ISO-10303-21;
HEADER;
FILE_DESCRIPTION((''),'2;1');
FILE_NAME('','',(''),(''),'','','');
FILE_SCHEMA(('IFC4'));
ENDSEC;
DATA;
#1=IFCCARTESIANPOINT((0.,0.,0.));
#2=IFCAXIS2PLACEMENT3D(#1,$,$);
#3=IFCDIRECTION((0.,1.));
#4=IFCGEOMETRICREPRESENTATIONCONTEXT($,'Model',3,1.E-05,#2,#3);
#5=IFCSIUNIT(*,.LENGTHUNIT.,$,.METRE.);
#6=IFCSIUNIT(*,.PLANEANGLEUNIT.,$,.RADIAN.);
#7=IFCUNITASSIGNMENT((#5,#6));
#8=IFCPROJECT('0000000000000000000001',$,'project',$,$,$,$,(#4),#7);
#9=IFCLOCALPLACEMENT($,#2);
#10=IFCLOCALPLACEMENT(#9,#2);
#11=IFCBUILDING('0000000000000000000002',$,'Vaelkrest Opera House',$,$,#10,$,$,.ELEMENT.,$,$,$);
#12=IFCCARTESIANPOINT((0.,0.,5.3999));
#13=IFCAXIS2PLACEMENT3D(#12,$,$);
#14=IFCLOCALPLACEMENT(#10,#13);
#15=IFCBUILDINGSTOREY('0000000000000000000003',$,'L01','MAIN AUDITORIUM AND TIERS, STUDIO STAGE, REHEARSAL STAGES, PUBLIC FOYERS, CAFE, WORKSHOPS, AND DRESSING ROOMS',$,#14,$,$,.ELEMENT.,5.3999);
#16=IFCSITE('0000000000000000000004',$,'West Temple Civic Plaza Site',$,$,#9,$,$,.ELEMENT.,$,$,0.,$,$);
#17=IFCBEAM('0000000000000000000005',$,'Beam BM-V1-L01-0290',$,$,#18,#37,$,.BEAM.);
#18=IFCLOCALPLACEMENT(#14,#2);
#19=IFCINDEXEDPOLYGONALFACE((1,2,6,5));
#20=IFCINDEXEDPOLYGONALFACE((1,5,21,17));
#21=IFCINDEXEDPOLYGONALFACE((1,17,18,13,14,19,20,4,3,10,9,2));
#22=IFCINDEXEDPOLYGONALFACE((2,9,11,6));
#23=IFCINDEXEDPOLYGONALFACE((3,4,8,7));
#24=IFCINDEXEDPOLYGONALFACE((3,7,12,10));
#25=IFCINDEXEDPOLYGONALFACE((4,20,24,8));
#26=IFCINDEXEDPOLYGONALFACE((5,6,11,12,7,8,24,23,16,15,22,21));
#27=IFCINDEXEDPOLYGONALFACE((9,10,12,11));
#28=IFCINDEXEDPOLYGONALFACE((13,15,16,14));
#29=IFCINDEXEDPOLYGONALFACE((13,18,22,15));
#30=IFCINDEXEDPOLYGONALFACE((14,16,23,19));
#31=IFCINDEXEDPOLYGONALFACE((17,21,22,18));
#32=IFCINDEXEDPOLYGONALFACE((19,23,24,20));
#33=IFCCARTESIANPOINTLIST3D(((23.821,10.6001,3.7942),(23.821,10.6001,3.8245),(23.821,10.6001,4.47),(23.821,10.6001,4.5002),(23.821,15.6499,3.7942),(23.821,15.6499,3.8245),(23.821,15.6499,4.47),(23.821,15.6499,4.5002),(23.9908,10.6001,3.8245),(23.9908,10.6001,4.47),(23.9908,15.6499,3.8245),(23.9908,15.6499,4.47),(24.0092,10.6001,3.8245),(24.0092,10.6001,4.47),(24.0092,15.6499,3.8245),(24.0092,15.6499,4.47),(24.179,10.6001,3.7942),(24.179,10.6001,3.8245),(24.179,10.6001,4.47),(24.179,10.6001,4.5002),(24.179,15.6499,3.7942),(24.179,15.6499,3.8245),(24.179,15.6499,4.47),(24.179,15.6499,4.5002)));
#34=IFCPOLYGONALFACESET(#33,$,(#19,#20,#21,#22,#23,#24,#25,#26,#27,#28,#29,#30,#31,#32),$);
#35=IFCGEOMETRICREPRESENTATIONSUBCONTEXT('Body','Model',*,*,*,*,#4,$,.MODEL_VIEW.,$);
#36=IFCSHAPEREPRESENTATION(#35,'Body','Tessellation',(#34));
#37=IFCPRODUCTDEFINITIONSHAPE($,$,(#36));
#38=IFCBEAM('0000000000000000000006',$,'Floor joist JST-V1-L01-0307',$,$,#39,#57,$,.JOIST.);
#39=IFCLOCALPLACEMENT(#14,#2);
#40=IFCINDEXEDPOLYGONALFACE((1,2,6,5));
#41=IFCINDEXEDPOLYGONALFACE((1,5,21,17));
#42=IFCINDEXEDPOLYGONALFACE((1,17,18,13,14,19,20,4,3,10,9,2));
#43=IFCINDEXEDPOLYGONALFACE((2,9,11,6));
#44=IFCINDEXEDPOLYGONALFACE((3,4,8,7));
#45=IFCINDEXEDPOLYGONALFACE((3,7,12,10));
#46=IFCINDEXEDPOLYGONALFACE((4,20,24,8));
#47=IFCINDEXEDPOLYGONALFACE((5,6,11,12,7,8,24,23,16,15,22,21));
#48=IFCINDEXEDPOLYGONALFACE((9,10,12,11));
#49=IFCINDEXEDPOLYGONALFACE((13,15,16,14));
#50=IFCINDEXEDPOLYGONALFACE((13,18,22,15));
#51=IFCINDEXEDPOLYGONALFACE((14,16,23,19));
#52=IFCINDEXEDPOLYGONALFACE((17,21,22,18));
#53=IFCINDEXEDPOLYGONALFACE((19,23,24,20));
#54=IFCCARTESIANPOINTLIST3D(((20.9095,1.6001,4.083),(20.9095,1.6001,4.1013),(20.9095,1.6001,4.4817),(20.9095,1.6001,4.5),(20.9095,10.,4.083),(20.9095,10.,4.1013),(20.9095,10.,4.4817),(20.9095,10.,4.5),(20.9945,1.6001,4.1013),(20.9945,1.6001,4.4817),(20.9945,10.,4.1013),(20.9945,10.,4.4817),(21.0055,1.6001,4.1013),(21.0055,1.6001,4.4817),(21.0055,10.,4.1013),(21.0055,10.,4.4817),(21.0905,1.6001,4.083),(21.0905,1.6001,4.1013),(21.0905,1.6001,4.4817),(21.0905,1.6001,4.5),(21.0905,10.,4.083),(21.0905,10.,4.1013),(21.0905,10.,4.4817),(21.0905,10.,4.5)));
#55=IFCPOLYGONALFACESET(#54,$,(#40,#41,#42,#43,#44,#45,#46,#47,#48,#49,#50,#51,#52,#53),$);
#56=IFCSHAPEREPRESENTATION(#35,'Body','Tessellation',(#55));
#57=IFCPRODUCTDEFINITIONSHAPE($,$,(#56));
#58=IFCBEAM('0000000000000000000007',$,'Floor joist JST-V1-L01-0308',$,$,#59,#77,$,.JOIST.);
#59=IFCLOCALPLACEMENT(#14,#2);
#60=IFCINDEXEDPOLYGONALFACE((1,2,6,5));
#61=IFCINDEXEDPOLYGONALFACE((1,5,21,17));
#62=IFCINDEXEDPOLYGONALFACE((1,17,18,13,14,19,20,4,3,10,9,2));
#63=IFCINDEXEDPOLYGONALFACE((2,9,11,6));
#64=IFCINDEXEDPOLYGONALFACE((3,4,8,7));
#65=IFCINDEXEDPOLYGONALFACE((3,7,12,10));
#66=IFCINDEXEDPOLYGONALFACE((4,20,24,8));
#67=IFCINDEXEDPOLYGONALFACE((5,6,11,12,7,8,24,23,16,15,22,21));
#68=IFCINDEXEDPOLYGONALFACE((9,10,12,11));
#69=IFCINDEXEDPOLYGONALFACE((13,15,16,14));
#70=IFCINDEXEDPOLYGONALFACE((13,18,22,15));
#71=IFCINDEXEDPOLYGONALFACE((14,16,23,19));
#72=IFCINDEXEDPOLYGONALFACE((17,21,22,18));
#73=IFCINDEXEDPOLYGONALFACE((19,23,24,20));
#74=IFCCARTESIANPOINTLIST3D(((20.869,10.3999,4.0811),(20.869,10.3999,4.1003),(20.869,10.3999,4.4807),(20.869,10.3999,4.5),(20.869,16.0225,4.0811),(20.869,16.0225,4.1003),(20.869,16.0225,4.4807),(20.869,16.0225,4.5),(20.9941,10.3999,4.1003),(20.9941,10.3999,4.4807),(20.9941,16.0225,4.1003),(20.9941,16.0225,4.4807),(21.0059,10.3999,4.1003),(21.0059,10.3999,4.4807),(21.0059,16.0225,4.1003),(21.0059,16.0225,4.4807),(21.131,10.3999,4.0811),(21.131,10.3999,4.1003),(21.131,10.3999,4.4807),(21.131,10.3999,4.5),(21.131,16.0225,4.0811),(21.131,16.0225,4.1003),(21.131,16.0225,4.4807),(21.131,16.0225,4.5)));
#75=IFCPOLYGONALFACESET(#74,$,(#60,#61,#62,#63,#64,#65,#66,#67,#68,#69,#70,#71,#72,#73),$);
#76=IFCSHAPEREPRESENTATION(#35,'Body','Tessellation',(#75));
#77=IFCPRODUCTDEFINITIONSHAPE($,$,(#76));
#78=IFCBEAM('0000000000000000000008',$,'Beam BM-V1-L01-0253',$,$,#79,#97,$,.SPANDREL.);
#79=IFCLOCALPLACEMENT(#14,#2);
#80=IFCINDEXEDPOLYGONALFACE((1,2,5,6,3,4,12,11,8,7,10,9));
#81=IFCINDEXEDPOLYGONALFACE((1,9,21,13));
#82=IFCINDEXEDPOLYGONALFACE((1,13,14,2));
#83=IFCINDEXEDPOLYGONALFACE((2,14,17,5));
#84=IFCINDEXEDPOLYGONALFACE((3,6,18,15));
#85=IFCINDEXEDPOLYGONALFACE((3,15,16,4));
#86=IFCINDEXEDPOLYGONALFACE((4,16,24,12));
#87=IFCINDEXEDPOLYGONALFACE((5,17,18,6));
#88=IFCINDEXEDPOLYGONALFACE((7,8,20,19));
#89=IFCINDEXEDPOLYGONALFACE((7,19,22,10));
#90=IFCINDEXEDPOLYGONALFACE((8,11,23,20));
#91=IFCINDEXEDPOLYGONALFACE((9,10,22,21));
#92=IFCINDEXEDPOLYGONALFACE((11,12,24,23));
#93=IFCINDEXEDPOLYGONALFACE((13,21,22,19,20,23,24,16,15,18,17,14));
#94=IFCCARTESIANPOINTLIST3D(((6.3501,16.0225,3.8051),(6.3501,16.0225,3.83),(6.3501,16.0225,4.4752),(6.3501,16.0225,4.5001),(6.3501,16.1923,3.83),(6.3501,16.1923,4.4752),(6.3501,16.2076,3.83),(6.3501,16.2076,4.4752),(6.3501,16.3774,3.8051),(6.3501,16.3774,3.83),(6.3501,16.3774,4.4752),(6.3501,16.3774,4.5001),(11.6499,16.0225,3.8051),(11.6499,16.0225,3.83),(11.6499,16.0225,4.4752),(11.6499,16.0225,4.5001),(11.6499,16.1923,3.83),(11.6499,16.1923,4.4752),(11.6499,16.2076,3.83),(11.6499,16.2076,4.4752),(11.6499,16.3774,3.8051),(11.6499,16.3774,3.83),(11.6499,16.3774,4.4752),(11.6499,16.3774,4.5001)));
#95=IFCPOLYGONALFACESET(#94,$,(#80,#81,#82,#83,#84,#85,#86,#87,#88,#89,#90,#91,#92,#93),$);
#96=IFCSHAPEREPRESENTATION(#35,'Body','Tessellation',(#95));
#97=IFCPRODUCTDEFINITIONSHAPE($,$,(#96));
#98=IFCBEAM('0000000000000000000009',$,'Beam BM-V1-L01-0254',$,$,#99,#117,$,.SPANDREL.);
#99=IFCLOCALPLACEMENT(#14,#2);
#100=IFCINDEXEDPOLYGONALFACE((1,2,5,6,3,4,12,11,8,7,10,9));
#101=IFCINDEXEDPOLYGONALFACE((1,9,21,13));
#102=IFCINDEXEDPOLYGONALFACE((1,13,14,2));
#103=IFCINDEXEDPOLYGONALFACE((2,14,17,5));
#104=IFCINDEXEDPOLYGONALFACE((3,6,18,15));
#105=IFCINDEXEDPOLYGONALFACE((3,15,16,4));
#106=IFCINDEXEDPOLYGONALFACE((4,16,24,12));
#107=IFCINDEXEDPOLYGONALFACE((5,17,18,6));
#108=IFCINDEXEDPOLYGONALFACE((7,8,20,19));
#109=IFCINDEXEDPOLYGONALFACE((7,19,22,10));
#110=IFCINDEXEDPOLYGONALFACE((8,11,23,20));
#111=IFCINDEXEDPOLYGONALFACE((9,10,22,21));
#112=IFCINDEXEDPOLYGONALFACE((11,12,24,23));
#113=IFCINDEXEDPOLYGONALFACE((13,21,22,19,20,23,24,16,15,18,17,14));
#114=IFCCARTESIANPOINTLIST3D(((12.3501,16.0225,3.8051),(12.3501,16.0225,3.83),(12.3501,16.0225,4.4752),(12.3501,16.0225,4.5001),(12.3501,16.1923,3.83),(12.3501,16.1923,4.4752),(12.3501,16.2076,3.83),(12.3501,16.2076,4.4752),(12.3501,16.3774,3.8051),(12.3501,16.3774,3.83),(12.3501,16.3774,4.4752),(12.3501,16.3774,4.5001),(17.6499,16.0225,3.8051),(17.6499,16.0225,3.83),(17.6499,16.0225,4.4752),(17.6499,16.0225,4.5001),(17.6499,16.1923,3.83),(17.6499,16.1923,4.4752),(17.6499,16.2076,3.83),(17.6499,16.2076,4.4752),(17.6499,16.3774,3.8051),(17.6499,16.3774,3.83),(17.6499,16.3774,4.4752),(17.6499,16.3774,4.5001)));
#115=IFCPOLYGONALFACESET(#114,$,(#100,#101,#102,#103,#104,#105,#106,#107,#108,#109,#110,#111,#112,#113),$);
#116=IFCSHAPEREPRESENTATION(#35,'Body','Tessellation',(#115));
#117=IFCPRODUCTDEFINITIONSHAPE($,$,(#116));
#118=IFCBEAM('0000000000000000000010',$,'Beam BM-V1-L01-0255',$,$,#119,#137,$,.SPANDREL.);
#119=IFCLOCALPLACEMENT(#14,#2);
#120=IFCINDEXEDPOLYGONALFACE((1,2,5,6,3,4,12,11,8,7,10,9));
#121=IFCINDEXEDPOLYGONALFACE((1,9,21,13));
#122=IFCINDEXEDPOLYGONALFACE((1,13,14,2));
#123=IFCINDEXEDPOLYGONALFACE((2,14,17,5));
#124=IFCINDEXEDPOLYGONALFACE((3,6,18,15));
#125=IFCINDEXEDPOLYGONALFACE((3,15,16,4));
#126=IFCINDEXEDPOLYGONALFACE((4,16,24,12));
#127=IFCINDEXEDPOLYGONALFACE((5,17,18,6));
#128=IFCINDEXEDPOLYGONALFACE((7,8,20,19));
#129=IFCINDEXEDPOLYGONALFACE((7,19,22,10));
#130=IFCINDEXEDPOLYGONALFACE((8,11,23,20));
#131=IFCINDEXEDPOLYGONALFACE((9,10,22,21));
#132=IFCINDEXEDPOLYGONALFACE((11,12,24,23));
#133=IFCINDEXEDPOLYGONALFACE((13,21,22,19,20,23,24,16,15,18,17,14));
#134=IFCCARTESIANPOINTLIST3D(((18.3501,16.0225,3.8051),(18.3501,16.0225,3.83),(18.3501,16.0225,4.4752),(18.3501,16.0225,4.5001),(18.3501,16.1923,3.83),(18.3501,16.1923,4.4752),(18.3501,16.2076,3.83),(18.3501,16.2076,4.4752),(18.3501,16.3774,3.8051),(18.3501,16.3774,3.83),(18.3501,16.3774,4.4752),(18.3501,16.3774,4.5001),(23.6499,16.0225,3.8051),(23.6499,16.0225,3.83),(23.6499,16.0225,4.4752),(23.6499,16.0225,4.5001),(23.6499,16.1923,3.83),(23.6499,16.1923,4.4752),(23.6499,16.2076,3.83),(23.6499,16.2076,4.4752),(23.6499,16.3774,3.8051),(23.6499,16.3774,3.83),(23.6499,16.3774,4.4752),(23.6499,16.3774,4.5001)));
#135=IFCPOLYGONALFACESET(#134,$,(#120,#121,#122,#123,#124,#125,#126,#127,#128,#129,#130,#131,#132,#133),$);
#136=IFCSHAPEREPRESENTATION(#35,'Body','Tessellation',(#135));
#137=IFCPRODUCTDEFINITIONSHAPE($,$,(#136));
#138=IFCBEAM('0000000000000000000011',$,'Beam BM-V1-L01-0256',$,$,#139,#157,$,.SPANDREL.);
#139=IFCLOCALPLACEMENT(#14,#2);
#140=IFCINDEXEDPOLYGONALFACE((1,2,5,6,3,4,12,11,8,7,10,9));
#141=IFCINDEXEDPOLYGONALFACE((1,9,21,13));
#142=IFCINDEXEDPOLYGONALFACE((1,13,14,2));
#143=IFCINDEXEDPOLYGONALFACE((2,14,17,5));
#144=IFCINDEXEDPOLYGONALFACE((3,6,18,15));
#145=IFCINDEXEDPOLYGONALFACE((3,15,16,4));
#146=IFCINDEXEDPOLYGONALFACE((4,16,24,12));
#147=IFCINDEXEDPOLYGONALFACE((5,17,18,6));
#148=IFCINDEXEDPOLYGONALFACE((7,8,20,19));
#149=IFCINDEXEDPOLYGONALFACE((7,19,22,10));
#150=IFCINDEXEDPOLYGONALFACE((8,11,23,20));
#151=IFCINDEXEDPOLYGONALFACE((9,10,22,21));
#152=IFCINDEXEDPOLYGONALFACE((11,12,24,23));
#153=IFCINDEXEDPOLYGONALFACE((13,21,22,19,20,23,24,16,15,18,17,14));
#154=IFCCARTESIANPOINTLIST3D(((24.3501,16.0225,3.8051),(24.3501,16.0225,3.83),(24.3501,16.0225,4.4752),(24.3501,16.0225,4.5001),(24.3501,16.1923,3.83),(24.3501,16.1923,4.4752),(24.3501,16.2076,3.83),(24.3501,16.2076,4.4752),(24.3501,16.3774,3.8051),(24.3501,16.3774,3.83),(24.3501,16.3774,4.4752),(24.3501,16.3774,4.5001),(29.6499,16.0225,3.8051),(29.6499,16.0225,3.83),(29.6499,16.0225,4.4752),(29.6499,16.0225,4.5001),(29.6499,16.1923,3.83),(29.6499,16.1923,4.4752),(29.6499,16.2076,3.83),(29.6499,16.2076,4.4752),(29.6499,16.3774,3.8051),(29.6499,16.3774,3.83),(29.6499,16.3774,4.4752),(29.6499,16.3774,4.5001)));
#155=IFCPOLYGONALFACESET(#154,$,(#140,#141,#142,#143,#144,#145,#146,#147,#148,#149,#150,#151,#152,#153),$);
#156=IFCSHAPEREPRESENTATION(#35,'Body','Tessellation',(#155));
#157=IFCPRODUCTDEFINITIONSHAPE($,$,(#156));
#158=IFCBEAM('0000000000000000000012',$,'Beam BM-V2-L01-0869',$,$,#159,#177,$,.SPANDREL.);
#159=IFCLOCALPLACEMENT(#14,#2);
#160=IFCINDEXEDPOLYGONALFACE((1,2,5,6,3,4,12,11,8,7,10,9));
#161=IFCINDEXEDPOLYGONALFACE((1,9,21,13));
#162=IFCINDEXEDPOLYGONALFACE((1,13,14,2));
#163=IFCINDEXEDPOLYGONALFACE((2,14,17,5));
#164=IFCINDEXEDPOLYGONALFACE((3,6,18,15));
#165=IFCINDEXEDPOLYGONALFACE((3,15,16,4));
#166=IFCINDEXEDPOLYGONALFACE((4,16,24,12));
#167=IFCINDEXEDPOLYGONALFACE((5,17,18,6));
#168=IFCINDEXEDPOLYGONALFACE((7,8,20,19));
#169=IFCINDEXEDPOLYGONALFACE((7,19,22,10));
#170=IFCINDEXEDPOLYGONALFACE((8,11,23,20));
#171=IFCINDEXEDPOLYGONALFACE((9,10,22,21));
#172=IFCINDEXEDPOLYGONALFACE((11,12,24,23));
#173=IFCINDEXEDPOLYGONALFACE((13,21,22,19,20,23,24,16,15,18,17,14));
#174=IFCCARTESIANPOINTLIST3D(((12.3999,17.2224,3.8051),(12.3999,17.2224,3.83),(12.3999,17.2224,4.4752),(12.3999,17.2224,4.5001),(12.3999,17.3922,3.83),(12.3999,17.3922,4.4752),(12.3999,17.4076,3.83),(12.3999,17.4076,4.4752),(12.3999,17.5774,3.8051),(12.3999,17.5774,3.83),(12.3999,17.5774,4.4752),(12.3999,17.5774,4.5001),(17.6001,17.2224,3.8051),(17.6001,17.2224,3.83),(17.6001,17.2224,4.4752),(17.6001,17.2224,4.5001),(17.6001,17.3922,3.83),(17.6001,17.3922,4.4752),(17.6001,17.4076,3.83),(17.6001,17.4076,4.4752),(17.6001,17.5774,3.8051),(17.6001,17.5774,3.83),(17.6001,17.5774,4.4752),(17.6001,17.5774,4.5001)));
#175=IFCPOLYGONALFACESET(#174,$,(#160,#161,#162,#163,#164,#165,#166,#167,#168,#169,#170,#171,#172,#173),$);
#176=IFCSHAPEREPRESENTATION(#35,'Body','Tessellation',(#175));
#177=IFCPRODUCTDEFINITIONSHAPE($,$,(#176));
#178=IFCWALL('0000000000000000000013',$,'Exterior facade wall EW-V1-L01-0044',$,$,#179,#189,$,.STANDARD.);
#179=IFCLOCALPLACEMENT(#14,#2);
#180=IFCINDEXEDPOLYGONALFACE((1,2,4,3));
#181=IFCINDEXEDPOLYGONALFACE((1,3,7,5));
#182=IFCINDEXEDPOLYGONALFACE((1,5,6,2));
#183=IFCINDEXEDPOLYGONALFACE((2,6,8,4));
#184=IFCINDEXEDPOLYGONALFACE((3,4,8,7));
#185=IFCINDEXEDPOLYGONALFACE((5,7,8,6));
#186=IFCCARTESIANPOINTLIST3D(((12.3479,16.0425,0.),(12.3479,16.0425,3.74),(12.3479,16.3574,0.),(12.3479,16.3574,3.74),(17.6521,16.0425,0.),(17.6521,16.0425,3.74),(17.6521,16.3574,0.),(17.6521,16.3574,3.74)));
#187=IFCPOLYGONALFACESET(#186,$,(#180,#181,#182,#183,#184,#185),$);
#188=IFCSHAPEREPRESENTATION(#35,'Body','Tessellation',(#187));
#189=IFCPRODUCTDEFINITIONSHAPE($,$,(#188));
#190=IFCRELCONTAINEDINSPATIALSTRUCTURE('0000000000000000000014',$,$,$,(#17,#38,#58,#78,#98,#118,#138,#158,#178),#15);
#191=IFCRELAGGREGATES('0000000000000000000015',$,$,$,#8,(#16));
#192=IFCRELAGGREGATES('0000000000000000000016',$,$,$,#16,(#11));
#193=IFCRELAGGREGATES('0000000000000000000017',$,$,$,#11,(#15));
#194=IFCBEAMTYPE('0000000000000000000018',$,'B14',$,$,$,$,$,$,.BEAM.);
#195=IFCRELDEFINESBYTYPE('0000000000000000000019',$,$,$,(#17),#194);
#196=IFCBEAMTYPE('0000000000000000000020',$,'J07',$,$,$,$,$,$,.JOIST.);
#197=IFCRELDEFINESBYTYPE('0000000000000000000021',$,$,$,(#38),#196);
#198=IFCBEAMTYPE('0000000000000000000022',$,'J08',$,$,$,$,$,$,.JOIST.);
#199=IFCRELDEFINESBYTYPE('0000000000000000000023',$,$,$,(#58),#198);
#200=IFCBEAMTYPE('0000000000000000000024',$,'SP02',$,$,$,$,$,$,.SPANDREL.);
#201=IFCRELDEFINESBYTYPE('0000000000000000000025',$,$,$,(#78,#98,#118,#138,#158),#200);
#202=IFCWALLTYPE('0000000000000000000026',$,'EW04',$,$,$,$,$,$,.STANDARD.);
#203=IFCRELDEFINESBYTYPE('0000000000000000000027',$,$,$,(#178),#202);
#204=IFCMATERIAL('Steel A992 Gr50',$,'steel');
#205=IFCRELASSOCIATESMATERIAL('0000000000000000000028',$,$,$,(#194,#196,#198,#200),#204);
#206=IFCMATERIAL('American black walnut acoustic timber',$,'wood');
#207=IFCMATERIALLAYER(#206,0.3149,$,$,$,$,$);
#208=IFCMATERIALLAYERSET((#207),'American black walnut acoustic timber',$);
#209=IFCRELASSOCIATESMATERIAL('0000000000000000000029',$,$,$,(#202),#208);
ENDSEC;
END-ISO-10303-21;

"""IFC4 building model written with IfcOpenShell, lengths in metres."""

from ifc_helpers import new_model, si_unit, direction, frame, frame_2d, origin, origin_2d, place, context, subcontext, project, spatial, rectangle, i_section, extrude, material, layer, layer_set, material_profile, profile_set, type_object, element, save


model = new_model("IFC4")

# Units and contexts
model_context = context("Model", 3, precision=1e-05, world=origin(), true_north=direction((0.0, 1.0)))
body_context = subcontext(model_context, "Body", "Model", "MODEL_VIEW")
ifc_project = project(units=[si_unit("LENGTHUNIT", "METRE"), si_unit("PLANEANGLEUNIT", "RADIAN")], contexts=[model_context])

# Site, building, storey
site_placement = place(None, origin())
site = spatial("IfcSite", under=ifc_project, at=site_placement, Name="West Temple Civic Plaza Site", CompositionType="ELEMENT", RefElevation=0.0)
building_placement = place(site_placement, origin())
building = spatial("IfcBuilding", under=site, at=building_placement, Name="Vaelkrest Opera House", CompositionType="ELEMENT")
storey_placement = place(building_placement, frame((0.0, 0.0, 5.3999)))
storey = spatial("IfcBuildingStorey", under=building, at=storey_placement, Name="L01", Description="MAIN AUDITORIUM AND TIERS, STUDIO STAGE, REHEARSAL STAGES, PUBLIC FOYERS, CAFE, WORKSHOPS, AND DRESSING ROOMS", CompositionType="ELEMENT", Elevation=5.3999)

# Beams
ifc_material_1 = material(Name="Steel A992 Gr50", Category="steel")
ifc_material_profile_1 = material_profile(ifc_material_1, i_section(OverallWidth=0.3579, OverallDepth=0.7061, WebThickness=0.0183, FlangeThickness=0.0303, at=origin_2d()), Name="W27X178")
ifc_profile_set_1 = profile_set([ifc_material_profile_1], Name="Steel A992 Gr50")
beam_type_1 = type_object("IfcBeamType", Name="B14", PredefinedType="BEAM", material=ifc_profile_set_1)
beam_1_placement = place(storey_placement, frame((24.0, 10.6001, 4.1472), z_axis=(0.0, 1.0, 0.0), x_axis=(-1.0, 0.0, 0.0)))
element("IfcBeam", 1, at=beam_1_placement, inside=storey, type_object=beam_type_1, Name="Beam BM-V1-L01-0290", PredefinedType="BEAM", context=body_context, shape_type="SweptSolid", body=[
    extrude(i_section(OverallWidth=0.3579, OverallDepth=0.7061, WebThickness=0.0183, FlangeThickness=0.0303, at=origin_2d()), origin(), (0.0, 0.0, 1.0), 5.0498),
])
ifc_material_profile_2 = material_profile(ifc_material_1, i_section(OverallWidth=0.1809, OverallDepth=0.417, WebThickness=0.011, FlangeThickness=0.0183, at=origin_2d()), Name="W16X57")
ifc_profile_set_2 = profile_set([ifc_material_profile_2], Name="Steel A992 Gr50")
beam_type_2 = type_object("IfcBeamType", Name="J07", PredefinedType="JOIST", material=ifc_profile_set_2)
beam_2_placement = place(storey_placement, frame((21.0, 1.6001, 4.2915), z_axis=(0.0, 1.0, 0.0), x_axis=(-1.0, 0.0, 0.0)))
element("IfcBeam", 2, at=beam_2_placement, inside=storey, type_object=beam_type_2, Name="Floor joist JST-V1-L01-0307", PredefinedType="JOIST", context=body_context, shape_type="SweptSolid", body=[
    extrude(i_section(OverallWidth=0.1809, OverallDepth=0.417, WebThickness=0.011, FlangeThickness=0.0183, at=origin_2d()), origin(), (0.0, 0.0, 1.0), 8.3999),
])
ifc_material_profile_3 = material_profile(ifc_material_1, i_section(OverallWidth=0.262, OverallDepth=0.4189, WebThickness=0.0117, FlangeThickness=0.0193, at=origin_2d()), Name="W16X77")
ifc_profile_set_3 = profile_set([ifc_material_profile_3], Name="Steel A992 Gr50")
beam_type_3 = type_object("IfcBeamType", Name="J08", PredefinedType="JOIST", material=ifc_profile_set_3)
beam_3_placement = place(storey_placement, frame((21.0, 10.3999, 4.2905), z_axis=(0.0, 1.0, 0.0), x_axis=(-1.0, 0.0, 0.0)))
element("IfcBeam", 3, at=beam_3_placement, inside=storey, type_object=beam_type_3, Name="Floor joist JST-V1-L01-0308", PredefinedType="JOIST", context=body_context, shape_type="SweptSolid", body=[
    extrude(i_section(OverallWidth=0.262, OverallDepth=0.4189, WebThickness=0.0117, FlangeThickness=0.0193, at=origin_2d()), origin(), (0.0, 0.0, 1.0), 5.6226),
])
ifc_material_profile_4 = material_profile(ifc_material_1, i_section(OverallWidth=0.355, OverallDepth=0.6951, WebThickness=0.0154, FlangeThickness=0.0249, at=origin_2d()), Name="W27X146")
ifc_profile_set_4 = profile_set([ifc_material_profile_4], Name="Steel A992 Gr50")
beam_type_4 = type_object("IfcBeamType", Name="SP02", PredefinedType="SPANDREL", material=ifc_profile_set_4)
for number, where, z_axis, x_axis, name in (
    (4, (6.3501, 16.2, 4.1526), (1.0, 0.0, 0.0), (0.0, 1.0, 0.0), "Beam BM-V1-L01-0253"),
    (5, (12.3501, 16.2, 4.1526), (1.0, 0.0, 0.0), (0.0, 1.0, 0.0), "Beam BM-V1-L01-0254"),
    (6, (18.3501, 16.2, 4.1526), (1.0, 0.0, 0.0), (0.0, 1.0, 0.0), "Beam BM-V1-L01-0255"),
    (7, (24.3501, 16.2, 4.1526), (1.0, 0.0, 0.0), (0.0, 1.0, 0.0), "Beam BM-V1-L01-0256"),
):
    element("IfcBeam", number, at=place(storey_placement, frame(where, z_axis=z_axis, x_axis=x_axis)), inside=storey, type_object=beam_type_4, Name=name, PredefinedType="SPANDREL", context=body_context, shape_type="SweptSolid", body=[
        extrude(i_section(OverallWidth=0.355, OverallDepth=0.6951, WebThickness=0.0154, FlangeThickness=0.0249, at=origin_2d()), origin(), (0.0, 0.0, 1.0), 5.2998),
    ])
beam_4_placement = place(storey_placement, frame((12.3999, 17.3999, 4.1526), z_axis=(1.0, 0.0, 0.0), x_axis=(0.0, 1.0, 0.0)))
element("IfcBeam", 8, at=beam_4_placement, inside=storey, type_object=beam_type_4, Name="Beam BM-V2-L01-0869", PredefinedType="SPANDREL", context=body_context, shape_type="SweptSolid", body=[
    extrude(i_section(OverallWidth=0.355, OverallDepth=0.6951, WebThickness=0.0154, FlangeThickness=0.0249, at=origin_2d()), origin(), (0.0, 0.0, 1.0), 5.2002),
])

# Wall
ifc_material_2 = material(Name="American black walnut acoustic timber", Category="wood")
ifc_layer_1 = layer(ifc_material_2, 0.3149)
ifc_layer_set_1 = layer_set([ifc_layer_1], Name="American black walnut acoustic timber")
wall_type_1 = type_object("IfcWallType", Name="EW04", PredefinedType="STANDARD", material=ifc_layer_set_1)
wall_1_placement = place(storey_placement, frame((12.3479, 16.2, 0.0), z_axis=(0.0, 0.0, 1.0), x_axis=(1.0, 0.0, 0.0)))
element("IfcWall", 9, at=wall_1_placement, inside=storey, type_object=wall_type_1, Name="Exterior facade wall EW-V1-L01-0044", PredefinedType="STANDARD", context=body_context, shape_type="SweptSolid", body=[
    extrude(rectangle(XDim=5.3042, YDim=0.3149, at=frame_2d((2.6521, 0.0))), origin(), (0.0, 0.0, 1.0), 3.74),
])

save(model, "model.ifc")
